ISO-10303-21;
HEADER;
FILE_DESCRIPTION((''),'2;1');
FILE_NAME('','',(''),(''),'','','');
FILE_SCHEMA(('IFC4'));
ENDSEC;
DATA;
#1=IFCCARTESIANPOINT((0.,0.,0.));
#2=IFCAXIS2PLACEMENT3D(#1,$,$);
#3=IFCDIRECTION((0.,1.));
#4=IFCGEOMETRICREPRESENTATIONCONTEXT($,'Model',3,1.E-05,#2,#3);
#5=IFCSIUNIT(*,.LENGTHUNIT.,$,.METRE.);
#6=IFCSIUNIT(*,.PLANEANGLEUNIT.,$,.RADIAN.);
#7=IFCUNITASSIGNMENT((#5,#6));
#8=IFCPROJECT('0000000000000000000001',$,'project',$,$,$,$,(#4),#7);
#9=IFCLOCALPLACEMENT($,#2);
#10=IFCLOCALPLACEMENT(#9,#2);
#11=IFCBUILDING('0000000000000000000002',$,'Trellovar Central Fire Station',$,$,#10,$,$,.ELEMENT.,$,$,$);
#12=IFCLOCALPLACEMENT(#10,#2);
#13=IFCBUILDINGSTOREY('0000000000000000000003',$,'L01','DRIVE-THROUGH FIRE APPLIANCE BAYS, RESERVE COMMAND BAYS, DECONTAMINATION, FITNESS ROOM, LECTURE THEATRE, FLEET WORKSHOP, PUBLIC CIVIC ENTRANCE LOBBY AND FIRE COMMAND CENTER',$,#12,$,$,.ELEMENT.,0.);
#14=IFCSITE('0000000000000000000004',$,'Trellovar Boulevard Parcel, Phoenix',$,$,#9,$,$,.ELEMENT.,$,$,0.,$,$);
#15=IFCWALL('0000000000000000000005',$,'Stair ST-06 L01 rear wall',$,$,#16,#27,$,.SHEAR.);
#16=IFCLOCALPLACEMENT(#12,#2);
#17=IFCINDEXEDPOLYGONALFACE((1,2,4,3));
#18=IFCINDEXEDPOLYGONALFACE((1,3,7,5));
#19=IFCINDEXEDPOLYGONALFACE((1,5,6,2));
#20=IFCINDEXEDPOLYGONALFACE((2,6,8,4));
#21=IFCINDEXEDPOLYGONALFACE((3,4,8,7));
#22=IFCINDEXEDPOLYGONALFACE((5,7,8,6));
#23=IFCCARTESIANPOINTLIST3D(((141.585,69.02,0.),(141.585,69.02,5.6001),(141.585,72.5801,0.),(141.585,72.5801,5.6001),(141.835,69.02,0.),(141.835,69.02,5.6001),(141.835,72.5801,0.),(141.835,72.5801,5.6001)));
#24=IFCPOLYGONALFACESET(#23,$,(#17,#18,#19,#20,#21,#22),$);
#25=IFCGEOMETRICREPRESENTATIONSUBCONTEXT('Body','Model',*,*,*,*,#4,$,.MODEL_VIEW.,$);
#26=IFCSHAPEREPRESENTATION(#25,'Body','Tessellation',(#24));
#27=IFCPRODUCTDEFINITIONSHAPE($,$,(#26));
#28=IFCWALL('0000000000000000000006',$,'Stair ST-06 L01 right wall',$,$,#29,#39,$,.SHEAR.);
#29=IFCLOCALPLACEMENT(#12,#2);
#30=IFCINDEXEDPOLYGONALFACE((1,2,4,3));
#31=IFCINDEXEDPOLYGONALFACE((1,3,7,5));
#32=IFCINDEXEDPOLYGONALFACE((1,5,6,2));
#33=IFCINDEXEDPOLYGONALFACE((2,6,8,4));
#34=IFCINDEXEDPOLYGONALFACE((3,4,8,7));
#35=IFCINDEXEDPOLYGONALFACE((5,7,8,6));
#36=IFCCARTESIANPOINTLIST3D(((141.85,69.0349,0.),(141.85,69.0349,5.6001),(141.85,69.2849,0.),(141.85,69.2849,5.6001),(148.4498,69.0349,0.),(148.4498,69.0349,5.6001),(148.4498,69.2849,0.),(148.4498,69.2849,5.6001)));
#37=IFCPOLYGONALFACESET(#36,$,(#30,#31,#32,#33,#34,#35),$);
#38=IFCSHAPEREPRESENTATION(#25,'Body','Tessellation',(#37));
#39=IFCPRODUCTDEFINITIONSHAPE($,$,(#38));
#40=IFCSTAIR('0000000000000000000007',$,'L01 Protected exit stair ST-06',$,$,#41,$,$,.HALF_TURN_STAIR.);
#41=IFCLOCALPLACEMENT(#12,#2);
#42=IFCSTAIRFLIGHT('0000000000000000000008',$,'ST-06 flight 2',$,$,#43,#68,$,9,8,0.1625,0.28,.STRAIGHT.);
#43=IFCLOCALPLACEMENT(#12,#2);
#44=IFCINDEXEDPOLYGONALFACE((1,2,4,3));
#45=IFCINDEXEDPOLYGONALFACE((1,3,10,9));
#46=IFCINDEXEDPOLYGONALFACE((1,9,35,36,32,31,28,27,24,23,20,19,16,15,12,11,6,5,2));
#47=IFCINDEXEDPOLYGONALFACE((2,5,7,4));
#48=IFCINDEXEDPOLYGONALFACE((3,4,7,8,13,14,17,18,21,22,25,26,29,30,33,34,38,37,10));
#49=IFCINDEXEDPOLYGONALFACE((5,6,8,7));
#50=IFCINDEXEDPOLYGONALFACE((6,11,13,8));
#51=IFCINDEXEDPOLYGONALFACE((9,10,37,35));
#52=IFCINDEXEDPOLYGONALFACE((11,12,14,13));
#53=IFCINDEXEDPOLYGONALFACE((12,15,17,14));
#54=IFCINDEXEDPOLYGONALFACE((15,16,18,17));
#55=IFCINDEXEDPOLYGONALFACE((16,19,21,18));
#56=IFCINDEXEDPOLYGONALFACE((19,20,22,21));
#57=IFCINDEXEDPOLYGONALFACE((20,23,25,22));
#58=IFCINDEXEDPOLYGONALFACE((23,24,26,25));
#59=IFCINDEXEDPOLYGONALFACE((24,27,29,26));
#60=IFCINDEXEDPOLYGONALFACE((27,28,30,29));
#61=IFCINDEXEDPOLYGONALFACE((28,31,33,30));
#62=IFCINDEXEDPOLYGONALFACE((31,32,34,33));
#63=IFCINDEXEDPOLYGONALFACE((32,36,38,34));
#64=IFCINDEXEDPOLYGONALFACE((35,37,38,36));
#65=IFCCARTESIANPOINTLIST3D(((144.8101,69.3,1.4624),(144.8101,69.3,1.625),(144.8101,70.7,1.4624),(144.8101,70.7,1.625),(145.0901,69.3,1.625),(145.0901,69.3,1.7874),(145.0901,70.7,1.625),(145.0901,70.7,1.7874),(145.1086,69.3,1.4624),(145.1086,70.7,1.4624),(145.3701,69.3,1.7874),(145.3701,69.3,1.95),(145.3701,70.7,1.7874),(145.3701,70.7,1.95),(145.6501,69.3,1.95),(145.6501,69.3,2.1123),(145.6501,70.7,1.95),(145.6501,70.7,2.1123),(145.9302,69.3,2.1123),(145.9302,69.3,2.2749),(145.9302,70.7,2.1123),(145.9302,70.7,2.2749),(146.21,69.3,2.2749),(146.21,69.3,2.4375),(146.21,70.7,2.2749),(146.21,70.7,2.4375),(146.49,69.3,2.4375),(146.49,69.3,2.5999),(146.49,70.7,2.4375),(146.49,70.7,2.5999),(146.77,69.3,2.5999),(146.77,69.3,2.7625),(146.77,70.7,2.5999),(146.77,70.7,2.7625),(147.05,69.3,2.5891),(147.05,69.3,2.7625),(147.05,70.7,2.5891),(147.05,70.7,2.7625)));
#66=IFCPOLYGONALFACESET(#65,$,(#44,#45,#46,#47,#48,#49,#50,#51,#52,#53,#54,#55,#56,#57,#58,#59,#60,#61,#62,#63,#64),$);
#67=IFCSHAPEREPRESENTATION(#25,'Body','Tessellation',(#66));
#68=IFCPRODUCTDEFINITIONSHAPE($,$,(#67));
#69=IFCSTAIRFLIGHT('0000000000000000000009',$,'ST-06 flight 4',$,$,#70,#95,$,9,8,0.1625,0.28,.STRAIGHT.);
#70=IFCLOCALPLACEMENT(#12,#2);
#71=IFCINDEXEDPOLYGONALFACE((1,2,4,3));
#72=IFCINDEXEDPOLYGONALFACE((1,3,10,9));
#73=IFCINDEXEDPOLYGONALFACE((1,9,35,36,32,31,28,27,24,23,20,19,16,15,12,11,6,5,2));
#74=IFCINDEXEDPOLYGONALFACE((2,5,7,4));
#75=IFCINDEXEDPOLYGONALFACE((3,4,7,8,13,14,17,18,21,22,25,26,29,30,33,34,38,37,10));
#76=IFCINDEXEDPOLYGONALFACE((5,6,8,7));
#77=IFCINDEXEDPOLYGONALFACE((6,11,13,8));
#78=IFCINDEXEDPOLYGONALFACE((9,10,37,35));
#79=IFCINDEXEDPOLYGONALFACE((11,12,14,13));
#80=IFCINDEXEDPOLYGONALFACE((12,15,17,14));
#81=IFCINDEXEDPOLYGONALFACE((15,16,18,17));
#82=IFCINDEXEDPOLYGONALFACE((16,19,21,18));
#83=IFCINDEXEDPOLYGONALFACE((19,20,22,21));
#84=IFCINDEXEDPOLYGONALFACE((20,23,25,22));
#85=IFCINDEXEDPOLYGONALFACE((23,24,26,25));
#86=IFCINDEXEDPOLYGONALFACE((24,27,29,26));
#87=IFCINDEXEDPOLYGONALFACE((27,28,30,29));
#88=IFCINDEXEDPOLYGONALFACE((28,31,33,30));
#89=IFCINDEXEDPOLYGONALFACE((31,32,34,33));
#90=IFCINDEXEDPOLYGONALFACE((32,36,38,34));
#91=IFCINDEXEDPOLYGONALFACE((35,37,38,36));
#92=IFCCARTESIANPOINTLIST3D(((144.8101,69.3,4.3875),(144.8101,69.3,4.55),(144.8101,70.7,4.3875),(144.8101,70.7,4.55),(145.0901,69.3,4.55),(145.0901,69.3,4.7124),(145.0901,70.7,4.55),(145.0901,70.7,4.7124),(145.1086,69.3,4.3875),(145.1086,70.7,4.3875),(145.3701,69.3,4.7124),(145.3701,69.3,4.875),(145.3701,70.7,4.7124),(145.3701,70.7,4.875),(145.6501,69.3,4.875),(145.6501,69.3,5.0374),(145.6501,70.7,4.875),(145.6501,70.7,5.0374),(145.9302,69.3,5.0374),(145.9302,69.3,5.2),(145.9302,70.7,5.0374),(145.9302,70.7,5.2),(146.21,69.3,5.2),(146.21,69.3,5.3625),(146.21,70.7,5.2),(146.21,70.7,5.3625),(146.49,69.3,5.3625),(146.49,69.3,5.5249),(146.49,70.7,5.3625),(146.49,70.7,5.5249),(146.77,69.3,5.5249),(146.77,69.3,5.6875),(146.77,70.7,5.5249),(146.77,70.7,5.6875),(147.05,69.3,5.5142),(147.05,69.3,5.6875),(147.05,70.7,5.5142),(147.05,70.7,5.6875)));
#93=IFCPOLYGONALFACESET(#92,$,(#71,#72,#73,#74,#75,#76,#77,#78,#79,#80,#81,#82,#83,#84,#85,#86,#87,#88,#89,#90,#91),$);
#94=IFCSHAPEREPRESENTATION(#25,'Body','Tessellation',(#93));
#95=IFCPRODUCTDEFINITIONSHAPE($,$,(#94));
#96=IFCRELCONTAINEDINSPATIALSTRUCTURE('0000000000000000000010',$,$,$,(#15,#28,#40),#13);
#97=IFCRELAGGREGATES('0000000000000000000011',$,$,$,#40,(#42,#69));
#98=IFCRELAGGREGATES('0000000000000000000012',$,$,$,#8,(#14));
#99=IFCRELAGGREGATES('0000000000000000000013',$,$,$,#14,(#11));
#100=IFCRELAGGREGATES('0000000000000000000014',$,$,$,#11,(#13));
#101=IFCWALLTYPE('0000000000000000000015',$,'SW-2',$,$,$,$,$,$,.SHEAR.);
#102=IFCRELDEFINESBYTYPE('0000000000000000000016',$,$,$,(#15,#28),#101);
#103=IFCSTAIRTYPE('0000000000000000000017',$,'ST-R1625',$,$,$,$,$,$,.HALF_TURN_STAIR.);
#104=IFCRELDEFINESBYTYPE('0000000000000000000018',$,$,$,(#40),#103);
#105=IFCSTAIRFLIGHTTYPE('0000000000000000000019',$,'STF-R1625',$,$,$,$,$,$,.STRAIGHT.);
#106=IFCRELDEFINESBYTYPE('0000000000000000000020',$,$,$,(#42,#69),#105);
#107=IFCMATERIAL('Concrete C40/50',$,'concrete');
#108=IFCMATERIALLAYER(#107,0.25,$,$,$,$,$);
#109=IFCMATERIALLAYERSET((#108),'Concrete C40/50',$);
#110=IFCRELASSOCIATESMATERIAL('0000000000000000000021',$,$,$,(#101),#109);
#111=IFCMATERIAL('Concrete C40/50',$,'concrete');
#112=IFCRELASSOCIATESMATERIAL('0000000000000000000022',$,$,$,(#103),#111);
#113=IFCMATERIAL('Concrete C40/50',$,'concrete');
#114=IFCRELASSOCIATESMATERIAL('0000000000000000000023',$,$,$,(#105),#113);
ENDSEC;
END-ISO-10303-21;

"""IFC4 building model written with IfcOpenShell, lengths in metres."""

from ifc_helpers import new_model, si_unit, direction, frame, frame_2d, origin, place, context, subcontext, project, spatial, polyline, rectangle, outline, extrude, material, layer, layer_set, type_object, element, aggregate, save


model = new_model("IFC4")

# Units and contexts
model_context = context("Model", 3, precision=1e-05, world=origin(), true_north=direction((0.0, 1.0)))
body_context = subcontext(model_context, "Body", "Model", "MODEL_VIEW")
ifc_project = project(units=[si_unit("LENGTHUNIT", "METRE"), si_unit("PLANEANGLEUNIT", "RADIAN")], contexts=[model_context])

# Site, building, storey
site_placement = place(None, origin())
site = spatial("IfcSite", under=ifc_project, at=site_placement, Name="Trellovar Boulevard Parcel, Phoenix", CompositionType="ELEMENT", RefElevation=0.0)
building_placement = place(site_placement, origin())
building = spatial("IfcBuilding", under=site, at=building_placement, Name="Trellovar Central Fire Station", CompositionType="ELEMENT")
storey_placement = place(building_placement, origin())
storey = spatial("IfcBuildingStorey", under=building, at=storey_placement, Name="L01", Description="DRIVE-THROUGH FIRE APPLIANCE BAYS, RESERVE COMMAND BAYS, DECONTAMINATION, FITNESS ROOM, LECTURE THEATRE, FLEET WORKSHOP, PUBLIC CIVIC ENTRANCE LOBBY AND FIRE COMMAND CENTER", CompositionType="ELEMENT", Elevation=0.0)

# Walls
ifc_material_1 = material(Name="Concrete C40/50", Category="concrete")
ifc_layer_1 = layer(ifc_material_1, 0.25)
ifc_layer_set_1 = layer_set([ifc_layer_1], Name="Concrete C40/50")
wall_type = type_object("IfcWallType", Name="SW-2", PredefinedType="SHEAR", material=ifc_layer_set_1)
wall_1_placement = place(storey_placement, frame((141.71, 69.02, 0.0), z_axis=(0.0, 0.0, 1.0), x_axis=(0.0, 1.0, 0.0)))
element("IfcWall", 1, at=wall_1_placement, inside=storey, type_object=wall_type, Name="Stair ST-06 L01 rear wall", PredefinedType="SHEAR", context=body_context, shape_type="SweptSolid", body=[
    extrude(rectangle(XDim=3.5601, YDim=0.25, at=frame_2d((1.78, 0.0))), origin(), (0.0, 0.0, 1.0), 5.6001),
])
wall_2_placement = place(storey_placement, frame((141.8501, 69.1599, 0.0), z_axis=(0.0, 0.0, 1.0), x_axis=(1.0, 0.0, 0.0)))
element("IfcWall", 2, at=wall_2_placement, inside=storey, type_object=wall_type, Name="Stair ST-06 L01 right wall", PredefinedType="SHEAR", context=body_context, shape_type="SweptSolid", body=[
    extrude(rectangle(XDim=6.5999, YDim=0.25, at=frame_2d((3.2998, 0.0))), origin(), (0.0, 0.0, 1.0), 5.6001),
])

# Stair, stair flights
ifc_material_2 = material(Name="Concrete C40/50", Category="concrete")
stair_type = type_object("IfcStairType", Name="ST-R1625", PredefinedType="HALF_TURN_STAIR", material=ifc_material_2)
stair_placement = place(storey_placement, origin())
stair = element("IfcStair", 3, at=stair_placement, inside=storey, type_object=stair_type, Name="L01 Protected exit stair ST-06", PredefinedType="HALF_TURN_STAIR")
ifc_material_3 = material(Name="Concrete C40/50", Category="concrete")
stair_flight_type = type_object("IfcStairFlightType", Name="STF-R1625", PredefinedType="STRAIGHT", material=ifc_material_3)
stair_flight_1_placement = place(storey_placement, frame((144.8101, 70.0, 1.4624), z_axis=(0.0, 0.0, 1.0), x_axis=(1.0, 0.0, 0.0)))
stair_flight_1 = element("IfcStairFlight", 4, at=stair_flight_1_placement, type_object=stair_flight_type, Name="ST-06 flight 2", NumberOfRisers=9, NumberOfTreads=8, PredefinedType="STRAIGHT", RiserHeight=0.1625, TreadLength=0.28, context=body_context, shape_type="SweptSolid", body=[
    extrude(outline(polyline([(0.0, 0.0), (0.0, 0.1626), (0.28, 0.1626), (0.28, 0.325), (0.5601, 0.325), (0.5601, 0.4875), (0.8401, 0.4875), (0.8401, 0.6499), (1.1201, 0.6499), (1.1201, 0.8125), (1.3999, 0.8125), (1.3999, 0.9751), (1.6799, 0.9751), (1.6799, 1.1375), (1.96, 1.1375), (1.96, 1.3), (2.24, 1.3), (2.24, 1.4624), (2.24, 1.1267), (0.2986, 0.0), (0.0, 0.0)])), frame((0.0, 0.7, 0.0), z_axis=(0.0, -1.0, 0.0), x_axis=(1.0, 0.0, 0.0)), (0.0, 0.0, 1.0), 1.3999),
])
stair_flight_2_placement = place(storey_placement, frame((144.8101, 70.0, 4.3875), z_axis=(0.0, 0.0, 1.0), x_axis=(1.0, 0.0, 0.0)))
stair_flight_2 = element("IfcStairFlight", 5, at=stair_flight_2_placement, type_object=stair_flight_type, Name="ST-06 flight 4", NumberOfRisers=9, NumberOfTreads=8, PredefinedType="STRAIGHT", RiserHeight=0.1625, TreadLength=0.28, context=body_context, shape_type="SweptSolid", body=[
    extrude(outline(polyline([(0.0, 0.0), (0.0, 0.1626), (0.28, 0.1626), (0.28, 0.325), (0.5601, 0.325), (0.5601, 0.4875), (0.8401, 0.4875), (0.8401, 0.6499), (1.1201, 0.6499), (1.1201, 0.8125), (1.3999, 0.8125), (1.3999, 0.9751), (1.6799, 0.9751), (1.6799, 1.1375), (1.96, 1.1375), (1.96, 1.3), (2.24, 1.3), (2.24, 1.4624), (2.24, 1.1267), (0.2986, 0.0), (0.0, 0.0)])), frame((0.0, 0.7, 0.0), z_axis=(0.0, -1.0, 0.0), x_axis=(1.0, 0.0, 0.0)), (0.0, 0.0, 1.0), 1.3999),
])
aggregate(stair, [stair_flight_1, stair_flight_2])

save(model, "model.ifc")
